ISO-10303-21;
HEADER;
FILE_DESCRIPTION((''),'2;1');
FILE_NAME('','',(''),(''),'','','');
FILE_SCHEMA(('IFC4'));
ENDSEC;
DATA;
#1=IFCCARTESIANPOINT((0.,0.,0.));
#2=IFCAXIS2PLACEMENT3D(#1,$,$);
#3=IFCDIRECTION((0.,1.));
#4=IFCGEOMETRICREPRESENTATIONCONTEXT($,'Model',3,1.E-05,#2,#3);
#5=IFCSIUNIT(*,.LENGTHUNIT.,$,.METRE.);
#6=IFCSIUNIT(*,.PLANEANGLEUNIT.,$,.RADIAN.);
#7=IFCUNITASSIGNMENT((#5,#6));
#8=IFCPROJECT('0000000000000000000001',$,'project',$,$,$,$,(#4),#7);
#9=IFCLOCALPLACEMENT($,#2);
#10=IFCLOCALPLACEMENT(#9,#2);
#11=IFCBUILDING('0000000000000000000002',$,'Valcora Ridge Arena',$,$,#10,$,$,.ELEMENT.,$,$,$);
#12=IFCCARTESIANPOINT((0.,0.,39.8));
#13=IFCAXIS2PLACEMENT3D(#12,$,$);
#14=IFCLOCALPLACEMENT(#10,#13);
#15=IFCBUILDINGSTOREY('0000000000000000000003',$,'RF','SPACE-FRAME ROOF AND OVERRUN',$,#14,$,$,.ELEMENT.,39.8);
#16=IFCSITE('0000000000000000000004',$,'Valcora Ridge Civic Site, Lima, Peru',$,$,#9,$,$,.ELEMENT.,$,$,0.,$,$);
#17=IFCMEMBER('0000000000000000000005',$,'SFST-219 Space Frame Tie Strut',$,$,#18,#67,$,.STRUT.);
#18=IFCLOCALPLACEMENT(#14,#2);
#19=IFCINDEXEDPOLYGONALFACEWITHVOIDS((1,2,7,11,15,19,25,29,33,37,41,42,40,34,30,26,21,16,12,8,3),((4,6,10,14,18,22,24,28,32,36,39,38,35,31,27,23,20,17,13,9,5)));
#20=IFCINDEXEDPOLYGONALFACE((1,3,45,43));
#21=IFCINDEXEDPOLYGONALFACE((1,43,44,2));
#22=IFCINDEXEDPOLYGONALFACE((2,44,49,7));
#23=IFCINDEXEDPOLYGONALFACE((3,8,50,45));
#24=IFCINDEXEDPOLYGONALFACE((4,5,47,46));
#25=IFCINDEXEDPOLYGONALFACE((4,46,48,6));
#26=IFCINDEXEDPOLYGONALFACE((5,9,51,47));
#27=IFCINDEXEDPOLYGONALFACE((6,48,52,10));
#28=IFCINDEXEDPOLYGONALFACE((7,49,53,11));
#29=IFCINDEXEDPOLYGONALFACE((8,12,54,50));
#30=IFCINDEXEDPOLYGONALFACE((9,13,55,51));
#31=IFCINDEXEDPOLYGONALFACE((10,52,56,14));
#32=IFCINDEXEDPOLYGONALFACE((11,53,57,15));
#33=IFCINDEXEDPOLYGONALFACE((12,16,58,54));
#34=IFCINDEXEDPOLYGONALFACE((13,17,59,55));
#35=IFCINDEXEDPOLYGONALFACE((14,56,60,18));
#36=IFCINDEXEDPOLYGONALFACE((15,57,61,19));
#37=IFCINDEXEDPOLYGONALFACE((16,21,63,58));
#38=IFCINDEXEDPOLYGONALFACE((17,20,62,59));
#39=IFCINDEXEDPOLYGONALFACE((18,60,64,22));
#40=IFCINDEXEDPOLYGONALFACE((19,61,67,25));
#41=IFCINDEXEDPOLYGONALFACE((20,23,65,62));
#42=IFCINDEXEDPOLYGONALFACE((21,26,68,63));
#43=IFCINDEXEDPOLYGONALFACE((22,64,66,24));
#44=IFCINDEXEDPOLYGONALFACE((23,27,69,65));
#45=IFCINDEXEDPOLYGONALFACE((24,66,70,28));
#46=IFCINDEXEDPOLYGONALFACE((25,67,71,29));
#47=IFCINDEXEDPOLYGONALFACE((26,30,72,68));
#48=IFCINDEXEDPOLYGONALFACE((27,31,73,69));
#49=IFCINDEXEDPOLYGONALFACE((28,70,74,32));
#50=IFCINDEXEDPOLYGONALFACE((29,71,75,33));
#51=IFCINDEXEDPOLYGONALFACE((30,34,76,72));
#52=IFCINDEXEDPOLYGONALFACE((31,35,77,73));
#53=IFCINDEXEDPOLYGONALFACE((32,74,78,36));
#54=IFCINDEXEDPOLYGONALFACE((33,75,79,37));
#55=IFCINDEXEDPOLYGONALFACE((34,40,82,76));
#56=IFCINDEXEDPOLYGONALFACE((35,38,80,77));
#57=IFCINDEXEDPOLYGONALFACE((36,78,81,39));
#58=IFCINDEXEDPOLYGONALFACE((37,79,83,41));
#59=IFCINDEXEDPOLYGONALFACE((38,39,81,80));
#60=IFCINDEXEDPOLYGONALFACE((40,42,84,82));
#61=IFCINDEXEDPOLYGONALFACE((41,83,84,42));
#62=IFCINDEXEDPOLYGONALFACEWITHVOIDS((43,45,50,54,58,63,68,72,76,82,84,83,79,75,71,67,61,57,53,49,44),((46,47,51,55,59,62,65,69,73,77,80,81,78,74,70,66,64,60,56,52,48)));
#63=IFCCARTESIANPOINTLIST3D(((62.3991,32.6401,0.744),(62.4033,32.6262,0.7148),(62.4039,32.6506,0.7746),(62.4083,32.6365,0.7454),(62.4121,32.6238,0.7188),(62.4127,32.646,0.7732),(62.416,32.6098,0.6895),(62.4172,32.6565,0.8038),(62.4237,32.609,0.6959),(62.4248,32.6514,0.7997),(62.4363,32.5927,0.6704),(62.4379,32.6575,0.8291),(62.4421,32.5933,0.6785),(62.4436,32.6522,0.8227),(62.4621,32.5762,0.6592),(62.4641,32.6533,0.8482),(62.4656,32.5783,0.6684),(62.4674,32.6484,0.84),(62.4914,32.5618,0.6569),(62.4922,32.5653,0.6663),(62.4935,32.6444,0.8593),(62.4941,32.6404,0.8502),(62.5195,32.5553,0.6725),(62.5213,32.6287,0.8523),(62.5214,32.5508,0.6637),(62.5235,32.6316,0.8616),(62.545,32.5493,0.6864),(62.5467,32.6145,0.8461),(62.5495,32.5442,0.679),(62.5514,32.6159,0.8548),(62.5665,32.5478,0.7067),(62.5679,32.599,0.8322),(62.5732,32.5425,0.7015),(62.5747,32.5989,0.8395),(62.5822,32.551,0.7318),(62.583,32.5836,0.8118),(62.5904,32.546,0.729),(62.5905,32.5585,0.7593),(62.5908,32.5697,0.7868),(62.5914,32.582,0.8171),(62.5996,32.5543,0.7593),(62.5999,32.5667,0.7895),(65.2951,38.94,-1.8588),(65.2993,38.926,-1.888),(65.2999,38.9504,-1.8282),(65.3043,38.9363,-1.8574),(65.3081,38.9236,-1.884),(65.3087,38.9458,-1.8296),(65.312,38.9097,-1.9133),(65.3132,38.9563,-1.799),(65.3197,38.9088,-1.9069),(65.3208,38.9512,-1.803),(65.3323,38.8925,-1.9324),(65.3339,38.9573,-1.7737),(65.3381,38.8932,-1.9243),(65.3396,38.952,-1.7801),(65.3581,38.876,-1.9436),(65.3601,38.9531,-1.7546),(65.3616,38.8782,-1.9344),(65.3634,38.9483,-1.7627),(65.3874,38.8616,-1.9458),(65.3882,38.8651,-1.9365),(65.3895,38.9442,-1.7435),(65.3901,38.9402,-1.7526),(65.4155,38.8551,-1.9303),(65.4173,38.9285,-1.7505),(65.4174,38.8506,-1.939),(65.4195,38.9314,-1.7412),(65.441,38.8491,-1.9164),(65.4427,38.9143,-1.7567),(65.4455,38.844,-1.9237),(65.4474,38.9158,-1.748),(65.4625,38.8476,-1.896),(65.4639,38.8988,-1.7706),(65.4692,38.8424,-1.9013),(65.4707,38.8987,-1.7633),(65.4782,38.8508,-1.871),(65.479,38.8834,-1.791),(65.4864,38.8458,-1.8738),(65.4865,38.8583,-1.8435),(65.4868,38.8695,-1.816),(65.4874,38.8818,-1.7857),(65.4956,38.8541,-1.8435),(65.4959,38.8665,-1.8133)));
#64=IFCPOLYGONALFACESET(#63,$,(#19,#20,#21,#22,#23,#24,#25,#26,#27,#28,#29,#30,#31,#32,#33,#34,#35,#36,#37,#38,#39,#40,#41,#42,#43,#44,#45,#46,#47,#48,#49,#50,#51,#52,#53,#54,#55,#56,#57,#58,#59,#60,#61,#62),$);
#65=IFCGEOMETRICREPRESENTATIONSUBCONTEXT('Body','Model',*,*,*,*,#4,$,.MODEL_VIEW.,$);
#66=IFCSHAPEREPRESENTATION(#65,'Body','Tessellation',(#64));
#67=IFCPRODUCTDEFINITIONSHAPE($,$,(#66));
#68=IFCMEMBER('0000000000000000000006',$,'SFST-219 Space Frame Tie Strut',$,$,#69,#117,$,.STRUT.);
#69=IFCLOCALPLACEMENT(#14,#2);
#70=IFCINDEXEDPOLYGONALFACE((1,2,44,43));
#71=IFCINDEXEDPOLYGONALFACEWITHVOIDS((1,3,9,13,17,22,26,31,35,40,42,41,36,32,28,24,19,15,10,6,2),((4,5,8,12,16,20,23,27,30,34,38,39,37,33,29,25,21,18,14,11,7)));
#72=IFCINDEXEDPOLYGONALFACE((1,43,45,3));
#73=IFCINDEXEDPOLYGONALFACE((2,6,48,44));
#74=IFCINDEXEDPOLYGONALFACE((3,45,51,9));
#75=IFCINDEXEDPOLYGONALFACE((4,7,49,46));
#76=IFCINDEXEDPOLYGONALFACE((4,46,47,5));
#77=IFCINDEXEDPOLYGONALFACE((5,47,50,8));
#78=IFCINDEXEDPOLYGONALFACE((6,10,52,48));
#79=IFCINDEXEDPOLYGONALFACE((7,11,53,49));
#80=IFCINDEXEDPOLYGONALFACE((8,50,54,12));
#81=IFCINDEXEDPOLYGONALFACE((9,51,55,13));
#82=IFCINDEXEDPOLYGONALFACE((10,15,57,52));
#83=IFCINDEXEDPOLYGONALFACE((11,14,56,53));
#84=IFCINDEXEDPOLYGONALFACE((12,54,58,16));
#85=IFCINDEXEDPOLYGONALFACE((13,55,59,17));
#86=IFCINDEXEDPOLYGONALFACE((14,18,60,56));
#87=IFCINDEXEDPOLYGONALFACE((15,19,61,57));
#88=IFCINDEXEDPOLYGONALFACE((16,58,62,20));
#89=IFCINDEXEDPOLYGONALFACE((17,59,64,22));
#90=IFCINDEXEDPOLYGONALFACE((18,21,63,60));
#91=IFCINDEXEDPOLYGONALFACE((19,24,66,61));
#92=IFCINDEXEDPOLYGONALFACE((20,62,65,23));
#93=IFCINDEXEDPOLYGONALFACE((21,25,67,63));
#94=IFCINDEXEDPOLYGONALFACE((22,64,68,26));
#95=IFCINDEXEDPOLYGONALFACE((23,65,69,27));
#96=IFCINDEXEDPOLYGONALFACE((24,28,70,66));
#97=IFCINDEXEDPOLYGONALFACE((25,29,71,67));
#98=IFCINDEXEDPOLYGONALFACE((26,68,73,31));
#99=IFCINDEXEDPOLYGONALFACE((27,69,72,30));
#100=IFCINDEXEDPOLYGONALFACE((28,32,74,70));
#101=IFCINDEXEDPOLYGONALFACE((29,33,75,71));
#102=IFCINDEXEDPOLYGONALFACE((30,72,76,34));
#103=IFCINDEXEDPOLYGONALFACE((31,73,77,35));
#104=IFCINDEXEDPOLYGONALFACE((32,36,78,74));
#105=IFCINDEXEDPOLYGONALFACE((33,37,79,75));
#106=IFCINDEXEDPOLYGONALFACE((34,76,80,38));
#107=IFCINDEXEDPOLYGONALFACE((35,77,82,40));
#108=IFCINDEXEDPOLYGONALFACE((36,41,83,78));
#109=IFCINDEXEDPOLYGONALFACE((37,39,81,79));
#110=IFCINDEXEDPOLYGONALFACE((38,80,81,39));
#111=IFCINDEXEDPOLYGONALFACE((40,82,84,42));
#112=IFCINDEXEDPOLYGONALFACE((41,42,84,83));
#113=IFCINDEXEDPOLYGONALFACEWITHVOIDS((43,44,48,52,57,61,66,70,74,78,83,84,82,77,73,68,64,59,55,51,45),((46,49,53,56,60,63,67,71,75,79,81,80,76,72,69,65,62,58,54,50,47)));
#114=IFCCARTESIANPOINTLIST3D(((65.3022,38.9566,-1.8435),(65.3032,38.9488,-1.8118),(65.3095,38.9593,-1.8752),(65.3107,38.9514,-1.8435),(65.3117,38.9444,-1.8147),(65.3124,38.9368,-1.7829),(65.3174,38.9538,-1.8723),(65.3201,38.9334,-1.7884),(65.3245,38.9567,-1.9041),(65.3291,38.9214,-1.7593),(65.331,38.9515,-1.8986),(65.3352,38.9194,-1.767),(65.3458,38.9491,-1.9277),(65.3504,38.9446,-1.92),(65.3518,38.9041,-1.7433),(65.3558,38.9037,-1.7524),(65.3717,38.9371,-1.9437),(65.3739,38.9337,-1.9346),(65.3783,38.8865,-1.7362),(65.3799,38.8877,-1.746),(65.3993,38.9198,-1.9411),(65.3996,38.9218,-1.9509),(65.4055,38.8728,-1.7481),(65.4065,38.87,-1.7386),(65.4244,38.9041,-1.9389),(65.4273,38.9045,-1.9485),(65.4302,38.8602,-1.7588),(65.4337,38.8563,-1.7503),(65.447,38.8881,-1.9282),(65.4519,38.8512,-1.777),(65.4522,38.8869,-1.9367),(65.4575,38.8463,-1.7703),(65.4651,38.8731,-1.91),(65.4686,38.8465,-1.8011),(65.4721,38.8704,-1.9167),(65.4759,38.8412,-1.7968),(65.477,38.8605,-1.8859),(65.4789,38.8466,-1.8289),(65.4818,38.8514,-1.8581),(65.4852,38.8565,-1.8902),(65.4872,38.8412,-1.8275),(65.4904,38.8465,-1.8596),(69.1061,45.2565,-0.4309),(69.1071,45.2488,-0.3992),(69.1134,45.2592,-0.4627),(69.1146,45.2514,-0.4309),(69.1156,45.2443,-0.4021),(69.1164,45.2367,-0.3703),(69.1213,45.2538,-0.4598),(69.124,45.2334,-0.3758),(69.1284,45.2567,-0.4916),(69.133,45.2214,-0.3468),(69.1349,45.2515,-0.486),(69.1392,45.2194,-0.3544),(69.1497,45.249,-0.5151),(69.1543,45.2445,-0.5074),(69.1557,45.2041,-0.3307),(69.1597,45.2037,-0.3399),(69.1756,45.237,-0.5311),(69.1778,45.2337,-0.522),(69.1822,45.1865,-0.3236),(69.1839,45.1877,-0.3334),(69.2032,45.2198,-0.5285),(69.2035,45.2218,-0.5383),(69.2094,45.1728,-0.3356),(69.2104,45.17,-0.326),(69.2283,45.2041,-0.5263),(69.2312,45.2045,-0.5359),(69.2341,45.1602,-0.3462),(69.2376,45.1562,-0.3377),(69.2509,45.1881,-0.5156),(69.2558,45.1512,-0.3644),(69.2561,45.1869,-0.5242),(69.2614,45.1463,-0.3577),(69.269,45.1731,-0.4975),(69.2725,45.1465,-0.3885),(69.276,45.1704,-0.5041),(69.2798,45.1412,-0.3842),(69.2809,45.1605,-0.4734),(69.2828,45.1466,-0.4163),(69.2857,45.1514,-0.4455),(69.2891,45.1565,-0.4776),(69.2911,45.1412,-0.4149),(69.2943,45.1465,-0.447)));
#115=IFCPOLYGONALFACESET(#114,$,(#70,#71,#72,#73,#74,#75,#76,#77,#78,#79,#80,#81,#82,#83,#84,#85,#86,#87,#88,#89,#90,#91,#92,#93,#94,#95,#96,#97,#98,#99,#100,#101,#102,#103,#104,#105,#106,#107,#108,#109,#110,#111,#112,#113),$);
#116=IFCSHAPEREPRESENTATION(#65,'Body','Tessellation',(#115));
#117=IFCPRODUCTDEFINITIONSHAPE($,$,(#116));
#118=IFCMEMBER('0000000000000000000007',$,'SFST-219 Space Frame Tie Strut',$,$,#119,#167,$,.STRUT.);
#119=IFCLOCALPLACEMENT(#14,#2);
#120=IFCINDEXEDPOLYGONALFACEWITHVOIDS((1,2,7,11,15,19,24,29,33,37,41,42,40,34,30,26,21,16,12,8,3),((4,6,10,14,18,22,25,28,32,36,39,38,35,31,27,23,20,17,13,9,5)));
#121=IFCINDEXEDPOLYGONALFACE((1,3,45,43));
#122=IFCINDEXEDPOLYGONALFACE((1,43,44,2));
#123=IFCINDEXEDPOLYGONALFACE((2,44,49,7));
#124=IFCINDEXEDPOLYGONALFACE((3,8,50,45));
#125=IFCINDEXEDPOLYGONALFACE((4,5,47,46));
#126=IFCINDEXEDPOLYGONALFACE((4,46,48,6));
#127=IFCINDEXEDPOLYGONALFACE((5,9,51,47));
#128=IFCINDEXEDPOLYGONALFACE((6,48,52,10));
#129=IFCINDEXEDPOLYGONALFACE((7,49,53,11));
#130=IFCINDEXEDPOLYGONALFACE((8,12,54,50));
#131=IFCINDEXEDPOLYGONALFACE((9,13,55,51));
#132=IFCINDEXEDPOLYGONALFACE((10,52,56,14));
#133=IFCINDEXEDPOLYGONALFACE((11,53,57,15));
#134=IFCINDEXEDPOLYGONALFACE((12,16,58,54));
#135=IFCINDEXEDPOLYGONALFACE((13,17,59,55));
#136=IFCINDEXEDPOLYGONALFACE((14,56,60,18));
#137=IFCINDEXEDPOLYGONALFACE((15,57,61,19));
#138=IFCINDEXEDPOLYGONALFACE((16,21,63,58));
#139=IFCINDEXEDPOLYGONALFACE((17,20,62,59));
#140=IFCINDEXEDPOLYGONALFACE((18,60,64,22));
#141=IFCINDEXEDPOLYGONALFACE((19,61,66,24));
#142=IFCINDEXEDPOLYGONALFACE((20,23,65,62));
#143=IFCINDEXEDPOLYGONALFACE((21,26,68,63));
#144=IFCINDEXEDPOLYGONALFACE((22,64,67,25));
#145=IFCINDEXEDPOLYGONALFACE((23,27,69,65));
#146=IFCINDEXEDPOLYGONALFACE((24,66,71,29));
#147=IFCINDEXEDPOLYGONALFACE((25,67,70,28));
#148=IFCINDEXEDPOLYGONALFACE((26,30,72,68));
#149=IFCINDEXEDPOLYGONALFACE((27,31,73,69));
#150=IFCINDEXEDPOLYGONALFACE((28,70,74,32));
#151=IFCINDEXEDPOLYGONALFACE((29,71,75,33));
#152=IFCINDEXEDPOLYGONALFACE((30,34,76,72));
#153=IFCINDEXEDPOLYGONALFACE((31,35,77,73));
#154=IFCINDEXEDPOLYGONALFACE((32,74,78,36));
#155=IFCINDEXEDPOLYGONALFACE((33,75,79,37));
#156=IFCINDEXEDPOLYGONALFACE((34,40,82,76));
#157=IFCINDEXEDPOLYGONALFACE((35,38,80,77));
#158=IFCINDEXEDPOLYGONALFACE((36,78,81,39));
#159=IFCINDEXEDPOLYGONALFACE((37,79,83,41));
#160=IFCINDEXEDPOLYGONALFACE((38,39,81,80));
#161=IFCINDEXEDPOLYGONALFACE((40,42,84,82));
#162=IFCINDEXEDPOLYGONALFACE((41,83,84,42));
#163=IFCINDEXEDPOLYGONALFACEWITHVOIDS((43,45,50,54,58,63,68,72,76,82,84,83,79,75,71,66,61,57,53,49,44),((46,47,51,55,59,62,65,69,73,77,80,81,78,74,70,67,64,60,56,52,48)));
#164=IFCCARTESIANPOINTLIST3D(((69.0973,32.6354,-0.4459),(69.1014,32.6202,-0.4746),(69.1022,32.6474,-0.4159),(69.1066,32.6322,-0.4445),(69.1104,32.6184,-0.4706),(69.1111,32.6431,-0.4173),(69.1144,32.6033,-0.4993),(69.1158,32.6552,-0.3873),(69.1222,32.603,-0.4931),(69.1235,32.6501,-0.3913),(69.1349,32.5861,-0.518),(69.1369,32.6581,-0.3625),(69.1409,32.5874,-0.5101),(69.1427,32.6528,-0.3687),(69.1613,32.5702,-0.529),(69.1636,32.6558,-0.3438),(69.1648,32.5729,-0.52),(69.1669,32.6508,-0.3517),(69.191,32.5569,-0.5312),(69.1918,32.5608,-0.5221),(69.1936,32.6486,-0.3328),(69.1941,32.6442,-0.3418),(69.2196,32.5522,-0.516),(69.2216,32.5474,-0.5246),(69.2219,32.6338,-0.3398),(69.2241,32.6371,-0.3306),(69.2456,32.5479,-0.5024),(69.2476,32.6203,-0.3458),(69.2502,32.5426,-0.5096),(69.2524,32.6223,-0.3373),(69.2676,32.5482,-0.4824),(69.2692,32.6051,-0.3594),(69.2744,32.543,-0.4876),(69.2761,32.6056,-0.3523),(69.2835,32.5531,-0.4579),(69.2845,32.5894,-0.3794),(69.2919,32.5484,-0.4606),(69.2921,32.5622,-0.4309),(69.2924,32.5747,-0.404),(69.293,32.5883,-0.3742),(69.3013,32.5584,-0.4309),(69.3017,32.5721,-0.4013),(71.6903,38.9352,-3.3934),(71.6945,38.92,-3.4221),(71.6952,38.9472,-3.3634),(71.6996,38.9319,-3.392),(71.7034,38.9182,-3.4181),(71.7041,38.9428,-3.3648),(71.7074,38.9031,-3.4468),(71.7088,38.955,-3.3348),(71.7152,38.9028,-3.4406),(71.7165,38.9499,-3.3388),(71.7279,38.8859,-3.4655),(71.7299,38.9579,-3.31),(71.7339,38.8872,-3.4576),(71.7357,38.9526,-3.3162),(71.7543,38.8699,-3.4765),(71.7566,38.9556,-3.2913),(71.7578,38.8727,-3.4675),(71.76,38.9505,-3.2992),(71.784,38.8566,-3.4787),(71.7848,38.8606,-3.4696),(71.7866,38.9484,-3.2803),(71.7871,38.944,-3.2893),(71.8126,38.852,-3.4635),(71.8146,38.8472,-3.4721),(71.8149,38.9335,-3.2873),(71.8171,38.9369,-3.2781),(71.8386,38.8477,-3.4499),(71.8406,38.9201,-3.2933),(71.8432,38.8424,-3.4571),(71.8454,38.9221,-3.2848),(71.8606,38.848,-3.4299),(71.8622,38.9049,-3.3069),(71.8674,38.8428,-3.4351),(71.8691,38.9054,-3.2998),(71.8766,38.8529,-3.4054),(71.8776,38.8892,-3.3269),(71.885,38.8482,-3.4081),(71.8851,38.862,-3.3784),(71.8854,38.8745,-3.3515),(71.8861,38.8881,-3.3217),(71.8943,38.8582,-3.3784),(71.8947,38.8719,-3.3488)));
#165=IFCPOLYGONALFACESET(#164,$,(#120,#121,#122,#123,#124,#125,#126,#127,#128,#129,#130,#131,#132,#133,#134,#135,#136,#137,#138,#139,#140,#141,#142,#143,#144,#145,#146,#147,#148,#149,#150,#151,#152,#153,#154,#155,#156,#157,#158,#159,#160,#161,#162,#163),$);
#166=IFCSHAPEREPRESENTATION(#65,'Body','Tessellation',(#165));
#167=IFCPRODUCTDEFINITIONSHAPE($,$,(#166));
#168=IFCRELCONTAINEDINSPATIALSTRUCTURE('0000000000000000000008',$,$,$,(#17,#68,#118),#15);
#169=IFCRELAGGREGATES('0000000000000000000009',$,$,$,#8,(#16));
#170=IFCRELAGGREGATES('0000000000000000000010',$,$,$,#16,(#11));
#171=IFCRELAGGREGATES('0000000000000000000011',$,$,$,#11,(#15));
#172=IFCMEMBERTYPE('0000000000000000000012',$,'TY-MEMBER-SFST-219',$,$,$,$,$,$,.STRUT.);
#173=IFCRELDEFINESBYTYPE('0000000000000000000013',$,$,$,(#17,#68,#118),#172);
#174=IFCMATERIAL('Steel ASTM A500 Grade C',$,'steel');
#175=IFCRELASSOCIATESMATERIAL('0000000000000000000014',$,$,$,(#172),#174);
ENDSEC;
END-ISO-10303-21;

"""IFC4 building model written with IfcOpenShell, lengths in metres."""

from ifc_helpers import new_model, si_unit, direction, frame, origin, origin_2d, place, context, subcontext, project, spatial, hollow_circle, extrude, material, material_profile, profile_set, type_object, element, save


model = new_model("IFC4")

# Units and contexts
model_context = context("Model", 3, precision=1e-05, world=origin(), true_north=direction((0.0, 1.0)))
body_context = subcontext(model_context, "Body", "Model", "MODEL_VIEW")
ifc_project = project(units=[si_unit("LENGTHUNIT", "METRE"), si_unit("PLANEANGLEUNIT", "RADIAN")], contexts=[model_context])

# Site, building, storey
site_placement = place(None, origin())
site = spatial("IfcSite", under=ifc_project, at=site_placement, Name="Valcora Ridge Civic Site, Lima, Peru", CompositionType="ELEMENT", RefElevation=0.0)
building_placement = place(site_placement, origin())
building = spatial("IfcBuilding", under=site, at=building_placement, Name="Valcora Ridge Arena", CompositionType="ELEMENT")
storey_placement = place(building_placement, frame((0.0, 0.0, 39.8)))
storey = spatial("IfcBuildingStorey", under=building, at=storey_placement, Name="RF", Description="SPACE-FRAME ROOF AND OVERRUN", CompositionType="ELEMENT", Elevation=39.8)

# Members
ifc_material_1 = material(Name="Steel ASTM A500 Grade C", Category="steel")
ifc_material_profile_1 = material_profile(ifc_material_1, hollow_circle(Radius=0.1096, WallThickness=0.01, at=origin_2d()), Name="CHS219X10")
ifc_profile_set_1 = profile_set([ifc_material_profile_1], Name="Steel ASTM A500 Grade C")
member_type_1 = type_object("IfcMemberType", Name="TY-MEMBER-SFST-219", PredefinedType="STRUT", material=ifc_profile_set_1)
member_1_placement = place(storey_placement, frame((65.396, 38.8999, -1.8435), z_axis=(-0.391034, -0.850635, 0.351443), x_axis=(0.908595, -0.417678, 0.0)))
element("IfcMember", 1, at=member_1_placement, inside=storey, type_object=member_type_1, Name="SFST-219 Space Frame Tie Strut", PredefinedType="STRUT", context=body_context, shape_type="SweptSolid", body=[
    extrude(hollow_circle(Radius=0.1096, WallThickness=0.01, at=origin_2d()), origin(), (0.0, 0.0, 1.0), 7.406),
])
member_2_placement = place(storey_placement, frame((65.396, 38.8999, -1.8435), z_axis=(0.507618, 0.840708, 0.188504), x_axis=(-0.856055, 0.516884, 0.0)))
element("IfcMember", 2, at=member_2_placement, inside=storey, type_object=member_type_1, Name="SFST-219 Space Frame Tie Strut", PredefinedType="STRUT", context=body_context, shape_type="SweptSolid", body=[
    extrude(hollow_circle(Radius=0.1096, WallThickness=0.01, at=origin_2d()), origin(), (0.0, 0.0, 1.0), 7.4937),
])
member_3_placement = place(storey_placement, frame((71.793, 38.8999, -3.3784), z_axis=(-0.349328, -0.848701, 0.397085), x_axis=(0.924731, -0.380622, 0.0)))
element("IfcMember", 3, at=member_3_placement, inside=storey, type_object=member_type_1, Name="SFST-219 Space Frame Tie Strut", PredefinedType="STRUT", context=body_context, shape_type="SweptSolid", body=[
    extrude(hollow_circle(Radius=0.1096, WallThickness=0.01, at=origin_2d()), origin(), (0.0, 0.0, 1.0), 7.4229),
])

save(model, "model.ifc")
